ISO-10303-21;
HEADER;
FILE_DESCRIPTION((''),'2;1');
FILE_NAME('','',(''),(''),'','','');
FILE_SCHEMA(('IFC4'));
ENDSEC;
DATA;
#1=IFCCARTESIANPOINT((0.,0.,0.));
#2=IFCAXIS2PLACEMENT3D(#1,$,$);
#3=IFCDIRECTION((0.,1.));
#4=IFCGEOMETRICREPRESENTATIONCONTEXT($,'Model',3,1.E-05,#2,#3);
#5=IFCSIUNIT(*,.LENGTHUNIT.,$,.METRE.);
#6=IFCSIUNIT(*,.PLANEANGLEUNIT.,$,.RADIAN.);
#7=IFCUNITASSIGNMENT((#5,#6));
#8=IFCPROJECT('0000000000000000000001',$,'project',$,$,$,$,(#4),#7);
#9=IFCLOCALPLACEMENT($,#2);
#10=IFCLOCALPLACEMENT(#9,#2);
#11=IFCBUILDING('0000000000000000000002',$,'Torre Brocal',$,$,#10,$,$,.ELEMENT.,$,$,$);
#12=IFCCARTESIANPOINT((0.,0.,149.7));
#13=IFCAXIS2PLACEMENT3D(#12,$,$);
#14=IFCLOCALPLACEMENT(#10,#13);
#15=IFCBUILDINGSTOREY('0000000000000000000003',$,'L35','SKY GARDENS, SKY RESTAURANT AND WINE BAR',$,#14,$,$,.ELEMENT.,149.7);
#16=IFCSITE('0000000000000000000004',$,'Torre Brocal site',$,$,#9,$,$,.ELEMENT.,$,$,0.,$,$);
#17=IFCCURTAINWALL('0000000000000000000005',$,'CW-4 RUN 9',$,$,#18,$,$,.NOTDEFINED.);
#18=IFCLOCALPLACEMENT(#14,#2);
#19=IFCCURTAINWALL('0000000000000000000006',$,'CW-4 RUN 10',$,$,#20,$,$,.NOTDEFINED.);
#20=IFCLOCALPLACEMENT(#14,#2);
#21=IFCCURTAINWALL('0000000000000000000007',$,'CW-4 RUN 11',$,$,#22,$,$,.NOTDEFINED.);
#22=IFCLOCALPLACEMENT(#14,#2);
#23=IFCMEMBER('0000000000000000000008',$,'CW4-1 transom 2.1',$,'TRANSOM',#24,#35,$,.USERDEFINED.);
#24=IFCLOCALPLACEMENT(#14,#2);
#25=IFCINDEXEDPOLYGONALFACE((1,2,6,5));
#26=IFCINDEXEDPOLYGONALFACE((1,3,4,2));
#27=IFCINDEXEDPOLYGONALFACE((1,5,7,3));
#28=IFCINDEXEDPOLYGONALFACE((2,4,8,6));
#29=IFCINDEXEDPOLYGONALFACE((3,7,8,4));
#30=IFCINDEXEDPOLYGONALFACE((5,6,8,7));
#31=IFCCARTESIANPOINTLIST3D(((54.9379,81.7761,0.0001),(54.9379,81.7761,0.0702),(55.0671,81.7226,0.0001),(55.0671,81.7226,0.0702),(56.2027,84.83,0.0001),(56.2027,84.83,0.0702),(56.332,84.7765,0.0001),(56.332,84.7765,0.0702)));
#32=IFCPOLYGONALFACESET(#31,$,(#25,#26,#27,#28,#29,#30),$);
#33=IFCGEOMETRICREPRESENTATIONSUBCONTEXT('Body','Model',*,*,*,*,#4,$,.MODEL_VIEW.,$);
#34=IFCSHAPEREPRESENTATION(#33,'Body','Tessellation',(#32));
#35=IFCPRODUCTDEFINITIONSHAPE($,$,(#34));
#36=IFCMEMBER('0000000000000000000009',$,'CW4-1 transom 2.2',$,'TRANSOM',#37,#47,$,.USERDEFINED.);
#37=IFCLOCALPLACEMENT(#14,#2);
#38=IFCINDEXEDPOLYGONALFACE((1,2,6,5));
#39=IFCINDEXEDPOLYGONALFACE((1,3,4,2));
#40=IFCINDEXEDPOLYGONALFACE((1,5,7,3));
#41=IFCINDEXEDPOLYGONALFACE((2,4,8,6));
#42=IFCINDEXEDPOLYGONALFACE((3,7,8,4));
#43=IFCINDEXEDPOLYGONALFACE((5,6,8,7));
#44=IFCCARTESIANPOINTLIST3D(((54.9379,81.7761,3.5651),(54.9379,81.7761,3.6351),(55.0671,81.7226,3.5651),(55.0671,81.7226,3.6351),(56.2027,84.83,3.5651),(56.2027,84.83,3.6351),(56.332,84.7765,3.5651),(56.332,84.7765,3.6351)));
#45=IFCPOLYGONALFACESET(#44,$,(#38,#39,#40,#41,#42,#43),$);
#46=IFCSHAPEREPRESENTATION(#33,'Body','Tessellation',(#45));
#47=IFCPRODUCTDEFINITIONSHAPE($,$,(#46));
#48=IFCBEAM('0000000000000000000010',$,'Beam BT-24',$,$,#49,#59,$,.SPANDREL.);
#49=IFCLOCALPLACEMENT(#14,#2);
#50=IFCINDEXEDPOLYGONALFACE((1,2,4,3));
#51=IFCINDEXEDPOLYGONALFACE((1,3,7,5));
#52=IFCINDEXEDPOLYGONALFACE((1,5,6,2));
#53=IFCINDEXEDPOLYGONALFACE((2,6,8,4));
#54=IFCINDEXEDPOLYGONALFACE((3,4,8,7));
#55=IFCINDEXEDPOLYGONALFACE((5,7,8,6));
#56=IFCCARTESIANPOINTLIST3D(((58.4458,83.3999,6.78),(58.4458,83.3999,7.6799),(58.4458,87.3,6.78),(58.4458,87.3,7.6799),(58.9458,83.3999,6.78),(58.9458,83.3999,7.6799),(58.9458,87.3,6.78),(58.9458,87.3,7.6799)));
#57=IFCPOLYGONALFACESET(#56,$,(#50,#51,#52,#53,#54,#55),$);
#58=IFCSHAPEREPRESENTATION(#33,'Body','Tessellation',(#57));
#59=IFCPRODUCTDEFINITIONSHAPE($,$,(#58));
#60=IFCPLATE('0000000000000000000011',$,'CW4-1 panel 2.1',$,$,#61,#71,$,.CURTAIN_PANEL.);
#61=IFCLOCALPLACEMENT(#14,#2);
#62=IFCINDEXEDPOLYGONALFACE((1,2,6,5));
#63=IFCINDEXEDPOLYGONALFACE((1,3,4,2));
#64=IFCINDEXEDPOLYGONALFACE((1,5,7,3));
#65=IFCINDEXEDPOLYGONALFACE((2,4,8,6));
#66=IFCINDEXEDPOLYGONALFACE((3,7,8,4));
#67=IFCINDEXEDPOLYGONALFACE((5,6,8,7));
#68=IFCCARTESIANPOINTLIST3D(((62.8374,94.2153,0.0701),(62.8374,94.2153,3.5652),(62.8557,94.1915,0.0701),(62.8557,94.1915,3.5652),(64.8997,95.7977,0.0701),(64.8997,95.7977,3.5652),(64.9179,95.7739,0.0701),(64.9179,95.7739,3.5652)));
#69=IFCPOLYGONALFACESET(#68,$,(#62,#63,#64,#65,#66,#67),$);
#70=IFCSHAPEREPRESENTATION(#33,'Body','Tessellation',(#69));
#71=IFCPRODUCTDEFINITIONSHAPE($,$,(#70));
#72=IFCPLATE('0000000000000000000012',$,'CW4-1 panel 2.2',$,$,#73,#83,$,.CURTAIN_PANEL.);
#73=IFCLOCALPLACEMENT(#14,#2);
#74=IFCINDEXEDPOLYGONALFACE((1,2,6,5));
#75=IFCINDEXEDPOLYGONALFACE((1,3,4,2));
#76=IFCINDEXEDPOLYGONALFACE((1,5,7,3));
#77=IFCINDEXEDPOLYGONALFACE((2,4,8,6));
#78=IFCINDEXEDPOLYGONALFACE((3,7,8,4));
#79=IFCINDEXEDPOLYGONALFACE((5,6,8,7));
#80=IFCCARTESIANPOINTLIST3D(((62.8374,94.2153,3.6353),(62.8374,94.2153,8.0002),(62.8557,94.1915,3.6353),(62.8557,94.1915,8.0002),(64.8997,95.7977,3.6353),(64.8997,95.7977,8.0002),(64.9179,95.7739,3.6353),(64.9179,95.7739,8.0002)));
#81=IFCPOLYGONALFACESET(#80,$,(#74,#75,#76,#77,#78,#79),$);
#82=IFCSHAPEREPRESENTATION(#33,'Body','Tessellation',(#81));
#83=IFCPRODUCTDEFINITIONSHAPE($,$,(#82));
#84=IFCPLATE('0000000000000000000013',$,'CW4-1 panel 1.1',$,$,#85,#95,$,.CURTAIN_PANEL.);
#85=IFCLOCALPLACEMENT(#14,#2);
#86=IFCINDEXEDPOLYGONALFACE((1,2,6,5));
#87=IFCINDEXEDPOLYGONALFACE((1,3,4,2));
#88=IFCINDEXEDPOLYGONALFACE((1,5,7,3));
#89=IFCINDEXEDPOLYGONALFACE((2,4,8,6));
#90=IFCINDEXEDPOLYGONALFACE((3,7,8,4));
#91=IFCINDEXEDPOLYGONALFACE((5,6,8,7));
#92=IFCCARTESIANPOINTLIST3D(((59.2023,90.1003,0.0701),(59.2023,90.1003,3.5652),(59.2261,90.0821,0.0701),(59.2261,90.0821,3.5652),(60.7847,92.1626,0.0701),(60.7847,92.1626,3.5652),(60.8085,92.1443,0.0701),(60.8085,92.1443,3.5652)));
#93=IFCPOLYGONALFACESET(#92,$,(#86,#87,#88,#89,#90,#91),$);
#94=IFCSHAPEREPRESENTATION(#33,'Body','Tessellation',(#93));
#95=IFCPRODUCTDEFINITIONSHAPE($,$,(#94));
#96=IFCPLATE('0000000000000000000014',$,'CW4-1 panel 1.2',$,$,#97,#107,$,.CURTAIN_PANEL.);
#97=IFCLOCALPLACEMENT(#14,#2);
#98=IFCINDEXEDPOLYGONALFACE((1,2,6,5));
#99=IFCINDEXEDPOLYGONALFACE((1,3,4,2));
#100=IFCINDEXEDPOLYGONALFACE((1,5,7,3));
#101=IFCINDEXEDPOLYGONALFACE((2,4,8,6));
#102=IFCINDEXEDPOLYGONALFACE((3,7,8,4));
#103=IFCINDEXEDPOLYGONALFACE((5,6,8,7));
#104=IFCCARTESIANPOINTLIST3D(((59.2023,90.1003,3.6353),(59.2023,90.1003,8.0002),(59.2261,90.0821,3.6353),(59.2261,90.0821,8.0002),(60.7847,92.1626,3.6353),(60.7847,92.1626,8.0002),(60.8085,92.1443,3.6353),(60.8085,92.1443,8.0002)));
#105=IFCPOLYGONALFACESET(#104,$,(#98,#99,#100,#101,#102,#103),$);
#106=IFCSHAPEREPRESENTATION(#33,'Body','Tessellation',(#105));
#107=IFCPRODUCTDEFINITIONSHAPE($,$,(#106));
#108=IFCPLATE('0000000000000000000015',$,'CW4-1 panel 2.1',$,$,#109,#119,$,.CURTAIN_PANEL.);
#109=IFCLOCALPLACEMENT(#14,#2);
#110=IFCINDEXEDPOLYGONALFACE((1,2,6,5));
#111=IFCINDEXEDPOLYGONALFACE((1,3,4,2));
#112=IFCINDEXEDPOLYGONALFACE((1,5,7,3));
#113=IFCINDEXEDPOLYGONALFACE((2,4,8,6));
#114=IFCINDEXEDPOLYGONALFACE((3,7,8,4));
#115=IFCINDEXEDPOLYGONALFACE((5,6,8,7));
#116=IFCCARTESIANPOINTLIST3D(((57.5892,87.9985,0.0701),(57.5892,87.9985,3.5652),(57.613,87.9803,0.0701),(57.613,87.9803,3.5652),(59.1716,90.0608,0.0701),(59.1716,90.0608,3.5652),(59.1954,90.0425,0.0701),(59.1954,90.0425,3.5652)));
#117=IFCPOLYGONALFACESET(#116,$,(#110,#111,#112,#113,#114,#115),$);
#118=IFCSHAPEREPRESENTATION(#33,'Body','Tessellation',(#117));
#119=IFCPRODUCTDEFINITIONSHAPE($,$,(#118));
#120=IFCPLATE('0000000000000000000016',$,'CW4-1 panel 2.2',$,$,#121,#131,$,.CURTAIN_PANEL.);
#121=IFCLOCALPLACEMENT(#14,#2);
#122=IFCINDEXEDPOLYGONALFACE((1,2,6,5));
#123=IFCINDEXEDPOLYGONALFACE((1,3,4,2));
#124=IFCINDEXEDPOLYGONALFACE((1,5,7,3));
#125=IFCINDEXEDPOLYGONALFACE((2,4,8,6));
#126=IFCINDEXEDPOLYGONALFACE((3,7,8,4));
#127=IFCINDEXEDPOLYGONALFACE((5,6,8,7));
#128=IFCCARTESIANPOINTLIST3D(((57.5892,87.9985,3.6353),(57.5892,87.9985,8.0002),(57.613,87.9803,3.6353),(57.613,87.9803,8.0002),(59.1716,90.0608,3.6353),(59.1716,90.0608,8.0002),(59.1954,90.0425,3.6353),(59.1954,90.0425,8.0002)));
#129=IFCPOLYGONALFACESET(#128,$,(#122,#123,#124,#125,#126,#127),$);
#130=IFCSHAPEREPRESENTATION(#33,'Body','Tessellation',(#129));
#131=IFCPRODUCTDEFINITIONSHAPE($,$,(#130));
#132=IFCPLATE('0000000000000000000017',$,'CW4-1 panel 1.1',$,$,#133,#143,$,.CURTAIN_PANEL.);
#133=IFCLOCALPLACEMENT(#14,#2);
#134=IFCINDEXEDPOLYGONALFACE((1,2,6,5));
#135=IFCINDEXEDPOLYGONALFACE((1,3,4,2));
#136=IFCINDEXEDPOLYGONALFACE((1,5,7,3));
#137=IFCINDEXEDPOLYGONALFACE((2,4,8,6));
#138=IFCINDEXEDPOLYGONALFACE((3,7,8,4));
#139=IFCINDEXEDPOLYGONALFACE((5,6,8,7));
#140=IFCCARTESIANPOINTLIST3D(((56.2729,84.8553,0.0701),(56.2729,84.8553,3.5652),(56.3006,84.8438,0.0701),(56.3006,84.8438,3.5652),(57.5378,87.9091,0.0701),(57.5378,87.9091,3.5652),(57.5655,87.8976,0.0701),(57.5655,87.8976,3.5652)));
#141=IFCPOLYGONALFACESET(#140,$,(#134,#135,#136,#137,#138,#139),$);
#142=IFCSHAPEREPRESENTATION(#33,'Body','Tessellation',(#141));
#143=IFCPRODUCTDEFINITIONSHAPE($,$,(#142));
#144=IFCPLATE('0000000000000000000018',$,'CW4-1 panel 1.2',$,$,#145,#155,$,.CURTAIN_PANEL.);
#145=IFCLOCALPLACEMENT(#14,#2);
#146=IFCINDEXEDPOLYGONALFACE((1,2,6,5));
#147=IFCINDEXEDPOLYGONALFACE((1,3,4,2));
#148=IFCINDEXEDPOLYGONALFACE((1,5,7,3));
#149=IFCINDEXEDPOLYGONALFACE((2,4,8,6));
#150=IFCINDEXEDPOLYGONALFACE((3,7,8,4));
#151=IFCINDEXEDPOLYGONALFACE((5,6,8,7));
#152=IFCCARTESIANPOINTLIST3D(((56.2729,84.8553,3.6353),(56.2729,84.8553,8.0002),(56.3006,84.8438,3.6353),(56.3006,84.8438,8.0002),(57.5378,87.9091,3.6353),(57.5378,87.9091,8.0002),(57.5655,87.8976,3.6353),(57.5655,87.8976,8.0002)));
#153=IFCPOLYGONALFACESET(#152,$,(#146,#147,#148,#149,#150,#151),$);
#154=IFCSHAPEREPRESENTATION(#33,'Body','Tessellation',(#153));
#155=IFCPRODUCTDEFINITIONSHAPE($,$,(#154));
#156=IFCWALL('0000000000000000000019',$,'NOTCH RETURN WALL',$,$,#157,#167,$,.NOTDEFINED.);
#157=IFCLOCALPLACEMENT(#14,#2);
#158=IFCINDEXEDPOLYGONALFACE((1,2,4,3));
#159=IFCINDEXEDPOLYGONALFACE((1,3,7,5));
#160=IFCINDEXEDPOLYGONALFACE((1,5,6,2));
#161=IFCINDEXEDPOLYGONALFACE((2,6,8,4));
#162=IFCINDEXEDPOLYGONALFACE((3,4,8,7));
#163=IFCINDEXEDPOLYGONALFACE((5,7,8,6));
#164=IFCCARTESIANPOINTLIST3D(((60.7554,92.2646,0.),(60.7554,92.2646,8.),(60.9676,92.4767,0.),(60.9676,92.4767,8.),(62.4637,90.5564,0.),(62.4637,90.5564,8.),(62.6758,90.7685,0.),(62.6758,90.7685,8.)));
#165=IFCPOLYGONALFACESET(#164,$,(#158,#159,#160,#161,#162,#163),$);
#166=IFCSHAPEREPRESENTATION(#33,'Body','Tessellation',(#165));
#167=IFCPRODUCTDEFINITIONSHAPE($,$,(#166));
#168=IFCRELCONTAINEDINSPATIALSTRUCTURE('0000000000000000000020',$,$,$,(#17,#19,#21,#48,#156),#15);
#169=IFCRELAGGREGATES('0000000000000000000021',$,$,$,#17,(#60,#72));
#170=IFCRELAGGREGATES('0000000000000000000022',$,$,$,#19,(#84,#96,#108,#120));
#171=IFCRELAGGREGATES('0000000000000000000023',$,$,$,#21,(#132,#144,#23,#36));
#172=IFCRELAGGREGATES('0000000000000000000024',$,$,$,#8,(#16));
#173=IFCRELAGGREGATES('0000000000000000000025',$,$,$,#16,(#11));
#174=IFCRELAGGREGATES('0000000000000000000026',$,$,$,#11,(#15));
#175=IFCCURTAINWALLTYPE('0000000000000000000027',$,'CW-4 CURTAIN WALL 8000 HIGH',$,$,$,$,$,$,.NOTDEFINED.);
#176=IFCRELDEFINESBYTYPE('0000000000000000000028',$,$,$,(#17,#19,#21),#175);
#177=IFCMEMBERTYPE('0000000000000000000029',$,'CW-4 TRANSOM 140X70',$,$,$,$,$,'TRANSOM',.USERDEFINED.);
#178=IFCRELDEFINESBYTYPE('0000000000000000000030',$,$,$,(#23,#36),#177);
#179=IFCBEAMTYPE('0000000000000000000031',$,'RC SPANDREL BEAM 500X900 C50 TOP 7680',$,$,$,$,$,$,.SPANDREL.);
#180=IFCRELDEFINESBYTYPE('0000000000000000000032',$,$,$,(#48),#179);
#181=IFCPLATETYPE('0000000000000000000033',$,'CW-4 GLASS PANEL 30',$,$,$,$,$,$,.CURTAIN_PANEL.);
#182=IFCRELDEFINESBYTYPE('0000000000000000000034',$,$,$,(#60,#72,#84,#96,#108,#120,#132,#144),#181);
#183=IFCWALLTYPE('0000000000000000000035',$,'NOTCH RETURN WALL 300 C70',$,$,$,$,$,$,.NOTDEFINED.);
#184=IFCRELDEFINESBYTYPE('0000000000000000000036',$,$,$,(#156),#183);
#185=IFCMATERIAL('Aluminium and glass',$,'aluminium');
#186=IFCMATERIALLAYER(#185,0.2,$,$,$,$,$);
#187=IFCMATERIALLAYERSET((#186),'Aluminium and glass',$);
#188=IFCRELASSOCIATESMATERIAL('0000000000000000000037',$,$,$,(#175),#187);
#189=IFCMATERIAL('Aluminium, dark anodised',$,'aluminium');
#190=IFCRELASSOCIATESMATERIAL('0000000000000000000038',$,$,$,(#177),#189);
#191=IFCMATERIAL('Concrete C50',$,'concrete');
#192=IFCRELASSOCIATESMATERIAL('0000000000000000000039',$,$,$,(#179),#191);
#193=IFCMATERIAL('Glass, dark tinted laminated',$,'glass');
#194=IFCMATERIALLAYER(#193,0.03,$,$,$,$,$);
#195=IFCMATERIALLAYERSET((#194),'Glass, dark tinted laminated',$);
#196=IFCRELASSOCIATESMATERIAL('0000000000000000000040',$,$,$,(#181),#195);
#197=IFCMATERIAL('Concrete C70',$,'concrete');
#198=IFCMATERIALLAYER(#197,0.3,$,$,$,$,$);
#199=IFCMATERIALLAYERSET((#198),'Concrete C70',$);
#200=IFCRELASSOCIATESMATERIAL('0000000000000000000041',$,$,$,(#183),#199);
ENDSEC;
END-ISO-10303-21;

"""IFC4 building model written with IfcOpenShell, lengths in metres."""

from ifc_helpers import new_model, si_unit, direction, frame, frame_2d, origin, origin_2d, place, context, subcontext, project, spatial, rectangle, extrude, material, layer, layer_set, material_profile, profile_set, type_object, element, aggregate, save


model = new_model("IFC4")

# Units and contexts
model_context = context("Model", 3, precision=1e-05, world=origin(), true_north=direction((0.0, 1.0)))
body_context = subcontext(model_context, "Body", "Model", "MODEL_VIEW")
ifc_project = project(units=[si_unit("LENGTHUNIT", "METRE"), si_unit("PLANEANGLEUNIT", "RADIAN")], contexts=[model_context])

# Site, building, storey
site_placement = place(None, origin())
site = spatial("IfcSite", under=ifc_project, at=site_placement, Name="Torre Brocal site", CompositionType="ELEMENT", RefElevation=0.0)
building_placement = place(site_placement, origin())
building = spatial("IfcBuilding", under=site, at=building_placement, Name="Torre Brocal", CompositionType="ELEMENT")
storey_placement = place(building_placement, frame((0.0, 0.0, 149.7)))
storey = spatial("IfcBuildingStorey", under=building, at=storey_placement, Name="L35", Description="SKY GARDENS, SKY RESTAURANT AND WINE BAR", CompositionType="ELEMENT", Elevation=149.7)

# Curtain wall
ifc_material_1 = material(Name="Aluminium and glass", Category="aluminium")
ifc_layer_1 = layer(ifc_material_1, 0.2)
ifc_layer_set_1 = layer_set([ifc_layer_1], Name="Aluminium and glass")
curtain_wall_type = type_object("IfcCurtainWallType", Name="CW-4 CURTAIN WALL 8000 HIGH", PredefinedType="NOTDEFINED", material=ifc_layer_set_1)
curtain_wall_1_placement = place(storey_placement, origin())
curtain_wall_1 = element("IfcCurtainWall", 1, at=curtain_wall_1_placement, inside=storey, type_object=curtain_wall_type, Name="CW-4 RUN 9", PredefinedType="NOTDEFINED")

# Curtain walls
curtain_wall_2_placement = place(storey_placement, origin())
curtain_wall_2 = element("IfcCurtainWall", 2, at=curtain_wall_2_placement, inside=storey, type_object=curtain_wall_type, Name="CW-4 RUN 10", PredefinedType="NOTDEFINED")
curtain_wall_3_placement = place(storey_placement, origin())
curtain_wall_3 = element("IfcCurtainWall", 3, at=curtain_wall_3_placement, inside=storey, type_object=curtain_wall_type, Name="CW-4 RUN 11", PredefinedType="NOTDEFINED")

# Members
ifc_material_2 = material(Name="Aluminium, dark anodised", Category="aluminium")
ifc_material_profile_1 = material_profile(ifc_material_2, rectangle(XDim=0.1399, YDim=0.0701, at=origin_2d()), Name="CW-4 TRANSOM 140X70")
ifc_profile_set_1 = profile_set([ifc_material_profile_1], Name="Aluminium, dark anodised")
member_type_1 = type_object("IfcMemberType", Name="CW-4 TRANSOM 140X70", ElementType="TRANSOM", PredefinedType="USERDEFINED", material=ifc_profile_set_1)
member_1_placement = place(storey_placement, frame((56.2673, 84.8032, 0.0352), z_axis=(-0.382658, -0.92389, 0.0), x_axis=(0.92389, -0.382658, 0.0)))
member_1 = element("IfcMember", 4, at=member_1_placement, type_object=member_type_1, Name="CW4-1 transom 2.1", ObjectType="TRANSOM", PredefinedType="USERDEFINED", context=body_context, shape_type="SweptSolid", body=[
    extrude(rectangle(XDim=0.1399, YDim=0.0701, at=origin_2d()), origin(), (0.0, 0.0, 1.0), 3.3054),
])
member_2_placement = place(storey_placement, frame((56.2673, 84.8032, 3.6001), z_axis=(-0.382658, -0.92389, 0.0), x_axis=(0.92389, -0.382658, 0.0)))
member_2 = element("IfcMember", 5, at=member_2_placement, type_object=member_type_1, Name="CW4-1 transom 2.2", ObjectType="TRANSOM", PredefinedType="USERDEFINED", context=body_context, shape_type="SweptSolid", body=[
    extrude(rectangle(XDim=0.1399, YDim=0.0701, at=origin_2d()), origin(), (0.0, 0.0, 1.0), 3.3054),
])

# Beam
ifc_material_3 = material(Name="Concrete C50", Category="concrete")
ifc_material_profile_2 = material_profile(ifc_material_3, rectangle(XDim=0.5, YDim=0.8999, at=origin_2d()), Name="RC 500X900")
ifc_profile_set_2 = profile_set([ifc_material_profile_2], Name="Concrete C50")
beam_type = type_object("IfcBeamType", Name="RC SPANDREL BEAM 500X900 C50 TOP 7680", PredefinedType="SPANDREL", material=ifc_profile_set_2)
beam_placement = place(storey_placement, frame((58.6958, 87.3, 7.23), z_axis=(0.0, -1.0, 0.0), x_axis=(1.0, 0.0, 0.0)))
element("IfcBeam", 6, at=beam_placement, inside=storey, type_object=beam_type, Name="Beam BT-24", PredefinedType="SPANDREL", context=body_context, shape_type="SweptSolid", body=[
    extrude(rectangle(XDim=0.5, YDim=0.8999, at=origin_2d()), origin(), (0.0, 0.0, 1.0), 3.9001),
])

# Plates
ifc_material_4 = material(Name="Glass, dark tinted laminated", Category="glass")
ifc_layer_2 = layer(ifc_material_4, 0.03)
ifc_layer_set_2 = layer_set([ifc_layer_2], Name="Glass, dark tinted laminated")
plate_type = type_object("IfcPlateType", Name="CW-4 GLASS PANEL 30", PredefinedType="CURTAIN_PANEL", material=ifc_layer_set_2)
plate_1_placement = place(storey_placement, frame((63.8777, 94.9946, 0.0701), z_axis=(0.0, 0.0, 1.0), x_axis=(-0.793353, -0.608761, 0.0)))
plate_1 = element("IfcPlate", 7, at=plate_1_placement, type_object=plate_type, Name="CW4-1 panel 2.1", PredefinedType="CURTAIN_PANEL", context=body_context, shape_type="SweptSolid", body=[
    extrude(rectangle(XDim=2.5994, YDim=0.03, at=origin_2d()), origin(), (0.0, 0.0, 1.0), 3.4951),
])
plate_2_placement = place(storey_placement, frame((63.8777, 94.9946, 3.6353), z_axis=(0.0, 0.0, 1.0), x_axis=(-0.793353, -0.608761, 0.0)))
plate_2 = element("IfcPlate", 8, at=plate_2_placement, type_object=plate_type, Name="CW4-1 panel 2.2", PredefinedType="CURTAIN_PANEL", context=body_context, shape_type="SweptSolid", body=[
    extrude(rectangle(XDim=2.5994, YDim=0.03, at=origin_2d()), origin(), (0.0, 0.0, 1.0), 4.365),
])
aggregate(curtain_wall_1, [plate_1, plate_2])
plate_3_placement = place(storey_placement, frame((60.0054, 91.1223, 0.0701), z_axis=(0.0, 0.0, 1.0), x_axis=(-0.608761, -0.793353, 0.0)))
plate_3 = element("IfcPlate", 9, at=plate_3_placement, type_object=plate_type, Name="CW4-1 panel 1.1", PredefinedType="CURTAIN_PANEL", context=body_context, shape_type="SweptSolid", body=[
    extrude(rectangle(XDim=2.5994, YDim=0.03, at=origin_2d()), origin(), (0.0, 0.0, 1.0), 3.4951),
])
plate_4_placement = place(storey_placement, frame((60.0054, 91.1223, 3.6353), z_axis=(0.0, 0.0, 1.0), x_axis=(-0.608761, -0.793353, 0.0)))
plate_4 = element("IfcPlate", 10, at=plate_4_placement, type_object=plate_type, Name="CW4-1 panel 1.2", PredefinedType="CURTAIN_PANEL", context=body_context, shape_type="SweptSolid", body=[
    extrude(rectangle(XDim=2.5994, YDim=0.03, at=origin_2d()), origin(), (0.0, 0.0, 1.0), 4.365),
])
plate_5_placement = place(storey_placement, frame((58.3923, 89.0205, 0.0701), z_axis=(0.0, 0.0, 1.0), x_axis=(-0.608761, -0.793353, 0.0)))
plate_5 = element("IfcPlate", 11, at=plate_5_placement, type_object=plate_type, Name="CW4-1 panel 2.1", PredefinedType="CURTAIN_PANEL", context=body_context, shape_type="SweptSolid", body=[
    extrude(rectangle(XDim=2.5994, YDim=0.03, at=origin_2d()), origin(), (0.0, 0.0, 1.0), 3.4951),
])
plate_6_placement = place(storey_placement, frame((58.3923, 89.0205, 3.6353), z_axis=(0.0, 0.0, 1.0), x_axis=(-0.608761, -0.793353, 0.0)))
plate_6 = element("IfcPlate", 12, at=plate_6_placement, type_object=plate_type, Name="CW4-1 panel 2.2", PredefinedType="CURTAIN_PANEL", context=body_context, shape_type="SweptSolid", body=[
    extrude(rectangle(XDim=2.5994, YDim=0.03, at=origin_2d()), origin(), (0.0, 0.0, 1.0), 4.365),
])
aggregate(curtain_wall_2, [plate_3, plate_4, plate_5, plate_6])
plate_7_placement = place(storey_placement, frame((56.9192, 86.3765, 0.0701), z_axis=(0.0, 0.0, 1.0), x_axis=(-0.382683, -0.92388, 0.0)))
plate_7 = element("IfcPlate", 13, at=plate_7_placement, type_object=plate_type, Name="CW4-1 panel 1.1", PredefinedType="CURTAIN_PANEL", context=body_context, shape_type="SweptSolid", body=[
    extrude(rectangle(XDim=3.3054, YDim=0.03, at=origin_2d()), origin(), (0.0, 0.0, 1.0), 3.4951),
])
plate_8_placement = place(storey_placement, frame((56.9192, 86.3765, 3.6353), z_axis=(0.0, 0.0, 1.0), x_axis=(-0.382683, -0.92388, 0.0)))
plate_8 = element("IfcPlate", 14, at=plate_8_placement, type_object=plate_type, Name="CW4-1 panel 1.2", PredefinedType="CURTAIN_PANEL", context=body_context, shape_type="SweptSolid", body=[
    extrude(rectangle(XDim=3.3054, YDim=0.03, at=origin_2d()), origin(), (0.0, 0.0, 1.0), 4.365),
])
aggregate(curtain_wall_3, [plate_7, plate_8, member_1, member_2])

# Wall
ifc_material_5 = material(Name="Concrete C70", Category="concrete")
ifc_layer_3 = layer(ifc_material_5, 0.3)
ifc_layer_set_3 = layer_set([ifc_layer_3], Name="Concrete C70")
wall_type_1 = type_object("IfcWallType", Name="NOTCH RETURN WALL 300 C70", PredefinedType="NOTDEFINED", material=ifc_layer_set_3)
wall_1_placement = place(storey_placement, frame((62.5698, 90.6624, 0.0), z_axis=(0.0, 0.0, 1.0), x_axis=(-0.707107, 0.707107, 0.0)))
element("IfcWall", 15, at=wall_1_placement, inside=storey, type_object=wall_type_1, Name="NOTCH RETURN WALL", PredefinedType="NOTDEFINED", context=body_context, shape_type="SweptSolid", body=[
    extrude(rectangle(XDim=2.4158, YDim=0.3, at=frame_2d((1.208, 0.0))), origin(), (0.0, 0.0, 1.0), 8.0),
])

save(model, "model.ifc")
